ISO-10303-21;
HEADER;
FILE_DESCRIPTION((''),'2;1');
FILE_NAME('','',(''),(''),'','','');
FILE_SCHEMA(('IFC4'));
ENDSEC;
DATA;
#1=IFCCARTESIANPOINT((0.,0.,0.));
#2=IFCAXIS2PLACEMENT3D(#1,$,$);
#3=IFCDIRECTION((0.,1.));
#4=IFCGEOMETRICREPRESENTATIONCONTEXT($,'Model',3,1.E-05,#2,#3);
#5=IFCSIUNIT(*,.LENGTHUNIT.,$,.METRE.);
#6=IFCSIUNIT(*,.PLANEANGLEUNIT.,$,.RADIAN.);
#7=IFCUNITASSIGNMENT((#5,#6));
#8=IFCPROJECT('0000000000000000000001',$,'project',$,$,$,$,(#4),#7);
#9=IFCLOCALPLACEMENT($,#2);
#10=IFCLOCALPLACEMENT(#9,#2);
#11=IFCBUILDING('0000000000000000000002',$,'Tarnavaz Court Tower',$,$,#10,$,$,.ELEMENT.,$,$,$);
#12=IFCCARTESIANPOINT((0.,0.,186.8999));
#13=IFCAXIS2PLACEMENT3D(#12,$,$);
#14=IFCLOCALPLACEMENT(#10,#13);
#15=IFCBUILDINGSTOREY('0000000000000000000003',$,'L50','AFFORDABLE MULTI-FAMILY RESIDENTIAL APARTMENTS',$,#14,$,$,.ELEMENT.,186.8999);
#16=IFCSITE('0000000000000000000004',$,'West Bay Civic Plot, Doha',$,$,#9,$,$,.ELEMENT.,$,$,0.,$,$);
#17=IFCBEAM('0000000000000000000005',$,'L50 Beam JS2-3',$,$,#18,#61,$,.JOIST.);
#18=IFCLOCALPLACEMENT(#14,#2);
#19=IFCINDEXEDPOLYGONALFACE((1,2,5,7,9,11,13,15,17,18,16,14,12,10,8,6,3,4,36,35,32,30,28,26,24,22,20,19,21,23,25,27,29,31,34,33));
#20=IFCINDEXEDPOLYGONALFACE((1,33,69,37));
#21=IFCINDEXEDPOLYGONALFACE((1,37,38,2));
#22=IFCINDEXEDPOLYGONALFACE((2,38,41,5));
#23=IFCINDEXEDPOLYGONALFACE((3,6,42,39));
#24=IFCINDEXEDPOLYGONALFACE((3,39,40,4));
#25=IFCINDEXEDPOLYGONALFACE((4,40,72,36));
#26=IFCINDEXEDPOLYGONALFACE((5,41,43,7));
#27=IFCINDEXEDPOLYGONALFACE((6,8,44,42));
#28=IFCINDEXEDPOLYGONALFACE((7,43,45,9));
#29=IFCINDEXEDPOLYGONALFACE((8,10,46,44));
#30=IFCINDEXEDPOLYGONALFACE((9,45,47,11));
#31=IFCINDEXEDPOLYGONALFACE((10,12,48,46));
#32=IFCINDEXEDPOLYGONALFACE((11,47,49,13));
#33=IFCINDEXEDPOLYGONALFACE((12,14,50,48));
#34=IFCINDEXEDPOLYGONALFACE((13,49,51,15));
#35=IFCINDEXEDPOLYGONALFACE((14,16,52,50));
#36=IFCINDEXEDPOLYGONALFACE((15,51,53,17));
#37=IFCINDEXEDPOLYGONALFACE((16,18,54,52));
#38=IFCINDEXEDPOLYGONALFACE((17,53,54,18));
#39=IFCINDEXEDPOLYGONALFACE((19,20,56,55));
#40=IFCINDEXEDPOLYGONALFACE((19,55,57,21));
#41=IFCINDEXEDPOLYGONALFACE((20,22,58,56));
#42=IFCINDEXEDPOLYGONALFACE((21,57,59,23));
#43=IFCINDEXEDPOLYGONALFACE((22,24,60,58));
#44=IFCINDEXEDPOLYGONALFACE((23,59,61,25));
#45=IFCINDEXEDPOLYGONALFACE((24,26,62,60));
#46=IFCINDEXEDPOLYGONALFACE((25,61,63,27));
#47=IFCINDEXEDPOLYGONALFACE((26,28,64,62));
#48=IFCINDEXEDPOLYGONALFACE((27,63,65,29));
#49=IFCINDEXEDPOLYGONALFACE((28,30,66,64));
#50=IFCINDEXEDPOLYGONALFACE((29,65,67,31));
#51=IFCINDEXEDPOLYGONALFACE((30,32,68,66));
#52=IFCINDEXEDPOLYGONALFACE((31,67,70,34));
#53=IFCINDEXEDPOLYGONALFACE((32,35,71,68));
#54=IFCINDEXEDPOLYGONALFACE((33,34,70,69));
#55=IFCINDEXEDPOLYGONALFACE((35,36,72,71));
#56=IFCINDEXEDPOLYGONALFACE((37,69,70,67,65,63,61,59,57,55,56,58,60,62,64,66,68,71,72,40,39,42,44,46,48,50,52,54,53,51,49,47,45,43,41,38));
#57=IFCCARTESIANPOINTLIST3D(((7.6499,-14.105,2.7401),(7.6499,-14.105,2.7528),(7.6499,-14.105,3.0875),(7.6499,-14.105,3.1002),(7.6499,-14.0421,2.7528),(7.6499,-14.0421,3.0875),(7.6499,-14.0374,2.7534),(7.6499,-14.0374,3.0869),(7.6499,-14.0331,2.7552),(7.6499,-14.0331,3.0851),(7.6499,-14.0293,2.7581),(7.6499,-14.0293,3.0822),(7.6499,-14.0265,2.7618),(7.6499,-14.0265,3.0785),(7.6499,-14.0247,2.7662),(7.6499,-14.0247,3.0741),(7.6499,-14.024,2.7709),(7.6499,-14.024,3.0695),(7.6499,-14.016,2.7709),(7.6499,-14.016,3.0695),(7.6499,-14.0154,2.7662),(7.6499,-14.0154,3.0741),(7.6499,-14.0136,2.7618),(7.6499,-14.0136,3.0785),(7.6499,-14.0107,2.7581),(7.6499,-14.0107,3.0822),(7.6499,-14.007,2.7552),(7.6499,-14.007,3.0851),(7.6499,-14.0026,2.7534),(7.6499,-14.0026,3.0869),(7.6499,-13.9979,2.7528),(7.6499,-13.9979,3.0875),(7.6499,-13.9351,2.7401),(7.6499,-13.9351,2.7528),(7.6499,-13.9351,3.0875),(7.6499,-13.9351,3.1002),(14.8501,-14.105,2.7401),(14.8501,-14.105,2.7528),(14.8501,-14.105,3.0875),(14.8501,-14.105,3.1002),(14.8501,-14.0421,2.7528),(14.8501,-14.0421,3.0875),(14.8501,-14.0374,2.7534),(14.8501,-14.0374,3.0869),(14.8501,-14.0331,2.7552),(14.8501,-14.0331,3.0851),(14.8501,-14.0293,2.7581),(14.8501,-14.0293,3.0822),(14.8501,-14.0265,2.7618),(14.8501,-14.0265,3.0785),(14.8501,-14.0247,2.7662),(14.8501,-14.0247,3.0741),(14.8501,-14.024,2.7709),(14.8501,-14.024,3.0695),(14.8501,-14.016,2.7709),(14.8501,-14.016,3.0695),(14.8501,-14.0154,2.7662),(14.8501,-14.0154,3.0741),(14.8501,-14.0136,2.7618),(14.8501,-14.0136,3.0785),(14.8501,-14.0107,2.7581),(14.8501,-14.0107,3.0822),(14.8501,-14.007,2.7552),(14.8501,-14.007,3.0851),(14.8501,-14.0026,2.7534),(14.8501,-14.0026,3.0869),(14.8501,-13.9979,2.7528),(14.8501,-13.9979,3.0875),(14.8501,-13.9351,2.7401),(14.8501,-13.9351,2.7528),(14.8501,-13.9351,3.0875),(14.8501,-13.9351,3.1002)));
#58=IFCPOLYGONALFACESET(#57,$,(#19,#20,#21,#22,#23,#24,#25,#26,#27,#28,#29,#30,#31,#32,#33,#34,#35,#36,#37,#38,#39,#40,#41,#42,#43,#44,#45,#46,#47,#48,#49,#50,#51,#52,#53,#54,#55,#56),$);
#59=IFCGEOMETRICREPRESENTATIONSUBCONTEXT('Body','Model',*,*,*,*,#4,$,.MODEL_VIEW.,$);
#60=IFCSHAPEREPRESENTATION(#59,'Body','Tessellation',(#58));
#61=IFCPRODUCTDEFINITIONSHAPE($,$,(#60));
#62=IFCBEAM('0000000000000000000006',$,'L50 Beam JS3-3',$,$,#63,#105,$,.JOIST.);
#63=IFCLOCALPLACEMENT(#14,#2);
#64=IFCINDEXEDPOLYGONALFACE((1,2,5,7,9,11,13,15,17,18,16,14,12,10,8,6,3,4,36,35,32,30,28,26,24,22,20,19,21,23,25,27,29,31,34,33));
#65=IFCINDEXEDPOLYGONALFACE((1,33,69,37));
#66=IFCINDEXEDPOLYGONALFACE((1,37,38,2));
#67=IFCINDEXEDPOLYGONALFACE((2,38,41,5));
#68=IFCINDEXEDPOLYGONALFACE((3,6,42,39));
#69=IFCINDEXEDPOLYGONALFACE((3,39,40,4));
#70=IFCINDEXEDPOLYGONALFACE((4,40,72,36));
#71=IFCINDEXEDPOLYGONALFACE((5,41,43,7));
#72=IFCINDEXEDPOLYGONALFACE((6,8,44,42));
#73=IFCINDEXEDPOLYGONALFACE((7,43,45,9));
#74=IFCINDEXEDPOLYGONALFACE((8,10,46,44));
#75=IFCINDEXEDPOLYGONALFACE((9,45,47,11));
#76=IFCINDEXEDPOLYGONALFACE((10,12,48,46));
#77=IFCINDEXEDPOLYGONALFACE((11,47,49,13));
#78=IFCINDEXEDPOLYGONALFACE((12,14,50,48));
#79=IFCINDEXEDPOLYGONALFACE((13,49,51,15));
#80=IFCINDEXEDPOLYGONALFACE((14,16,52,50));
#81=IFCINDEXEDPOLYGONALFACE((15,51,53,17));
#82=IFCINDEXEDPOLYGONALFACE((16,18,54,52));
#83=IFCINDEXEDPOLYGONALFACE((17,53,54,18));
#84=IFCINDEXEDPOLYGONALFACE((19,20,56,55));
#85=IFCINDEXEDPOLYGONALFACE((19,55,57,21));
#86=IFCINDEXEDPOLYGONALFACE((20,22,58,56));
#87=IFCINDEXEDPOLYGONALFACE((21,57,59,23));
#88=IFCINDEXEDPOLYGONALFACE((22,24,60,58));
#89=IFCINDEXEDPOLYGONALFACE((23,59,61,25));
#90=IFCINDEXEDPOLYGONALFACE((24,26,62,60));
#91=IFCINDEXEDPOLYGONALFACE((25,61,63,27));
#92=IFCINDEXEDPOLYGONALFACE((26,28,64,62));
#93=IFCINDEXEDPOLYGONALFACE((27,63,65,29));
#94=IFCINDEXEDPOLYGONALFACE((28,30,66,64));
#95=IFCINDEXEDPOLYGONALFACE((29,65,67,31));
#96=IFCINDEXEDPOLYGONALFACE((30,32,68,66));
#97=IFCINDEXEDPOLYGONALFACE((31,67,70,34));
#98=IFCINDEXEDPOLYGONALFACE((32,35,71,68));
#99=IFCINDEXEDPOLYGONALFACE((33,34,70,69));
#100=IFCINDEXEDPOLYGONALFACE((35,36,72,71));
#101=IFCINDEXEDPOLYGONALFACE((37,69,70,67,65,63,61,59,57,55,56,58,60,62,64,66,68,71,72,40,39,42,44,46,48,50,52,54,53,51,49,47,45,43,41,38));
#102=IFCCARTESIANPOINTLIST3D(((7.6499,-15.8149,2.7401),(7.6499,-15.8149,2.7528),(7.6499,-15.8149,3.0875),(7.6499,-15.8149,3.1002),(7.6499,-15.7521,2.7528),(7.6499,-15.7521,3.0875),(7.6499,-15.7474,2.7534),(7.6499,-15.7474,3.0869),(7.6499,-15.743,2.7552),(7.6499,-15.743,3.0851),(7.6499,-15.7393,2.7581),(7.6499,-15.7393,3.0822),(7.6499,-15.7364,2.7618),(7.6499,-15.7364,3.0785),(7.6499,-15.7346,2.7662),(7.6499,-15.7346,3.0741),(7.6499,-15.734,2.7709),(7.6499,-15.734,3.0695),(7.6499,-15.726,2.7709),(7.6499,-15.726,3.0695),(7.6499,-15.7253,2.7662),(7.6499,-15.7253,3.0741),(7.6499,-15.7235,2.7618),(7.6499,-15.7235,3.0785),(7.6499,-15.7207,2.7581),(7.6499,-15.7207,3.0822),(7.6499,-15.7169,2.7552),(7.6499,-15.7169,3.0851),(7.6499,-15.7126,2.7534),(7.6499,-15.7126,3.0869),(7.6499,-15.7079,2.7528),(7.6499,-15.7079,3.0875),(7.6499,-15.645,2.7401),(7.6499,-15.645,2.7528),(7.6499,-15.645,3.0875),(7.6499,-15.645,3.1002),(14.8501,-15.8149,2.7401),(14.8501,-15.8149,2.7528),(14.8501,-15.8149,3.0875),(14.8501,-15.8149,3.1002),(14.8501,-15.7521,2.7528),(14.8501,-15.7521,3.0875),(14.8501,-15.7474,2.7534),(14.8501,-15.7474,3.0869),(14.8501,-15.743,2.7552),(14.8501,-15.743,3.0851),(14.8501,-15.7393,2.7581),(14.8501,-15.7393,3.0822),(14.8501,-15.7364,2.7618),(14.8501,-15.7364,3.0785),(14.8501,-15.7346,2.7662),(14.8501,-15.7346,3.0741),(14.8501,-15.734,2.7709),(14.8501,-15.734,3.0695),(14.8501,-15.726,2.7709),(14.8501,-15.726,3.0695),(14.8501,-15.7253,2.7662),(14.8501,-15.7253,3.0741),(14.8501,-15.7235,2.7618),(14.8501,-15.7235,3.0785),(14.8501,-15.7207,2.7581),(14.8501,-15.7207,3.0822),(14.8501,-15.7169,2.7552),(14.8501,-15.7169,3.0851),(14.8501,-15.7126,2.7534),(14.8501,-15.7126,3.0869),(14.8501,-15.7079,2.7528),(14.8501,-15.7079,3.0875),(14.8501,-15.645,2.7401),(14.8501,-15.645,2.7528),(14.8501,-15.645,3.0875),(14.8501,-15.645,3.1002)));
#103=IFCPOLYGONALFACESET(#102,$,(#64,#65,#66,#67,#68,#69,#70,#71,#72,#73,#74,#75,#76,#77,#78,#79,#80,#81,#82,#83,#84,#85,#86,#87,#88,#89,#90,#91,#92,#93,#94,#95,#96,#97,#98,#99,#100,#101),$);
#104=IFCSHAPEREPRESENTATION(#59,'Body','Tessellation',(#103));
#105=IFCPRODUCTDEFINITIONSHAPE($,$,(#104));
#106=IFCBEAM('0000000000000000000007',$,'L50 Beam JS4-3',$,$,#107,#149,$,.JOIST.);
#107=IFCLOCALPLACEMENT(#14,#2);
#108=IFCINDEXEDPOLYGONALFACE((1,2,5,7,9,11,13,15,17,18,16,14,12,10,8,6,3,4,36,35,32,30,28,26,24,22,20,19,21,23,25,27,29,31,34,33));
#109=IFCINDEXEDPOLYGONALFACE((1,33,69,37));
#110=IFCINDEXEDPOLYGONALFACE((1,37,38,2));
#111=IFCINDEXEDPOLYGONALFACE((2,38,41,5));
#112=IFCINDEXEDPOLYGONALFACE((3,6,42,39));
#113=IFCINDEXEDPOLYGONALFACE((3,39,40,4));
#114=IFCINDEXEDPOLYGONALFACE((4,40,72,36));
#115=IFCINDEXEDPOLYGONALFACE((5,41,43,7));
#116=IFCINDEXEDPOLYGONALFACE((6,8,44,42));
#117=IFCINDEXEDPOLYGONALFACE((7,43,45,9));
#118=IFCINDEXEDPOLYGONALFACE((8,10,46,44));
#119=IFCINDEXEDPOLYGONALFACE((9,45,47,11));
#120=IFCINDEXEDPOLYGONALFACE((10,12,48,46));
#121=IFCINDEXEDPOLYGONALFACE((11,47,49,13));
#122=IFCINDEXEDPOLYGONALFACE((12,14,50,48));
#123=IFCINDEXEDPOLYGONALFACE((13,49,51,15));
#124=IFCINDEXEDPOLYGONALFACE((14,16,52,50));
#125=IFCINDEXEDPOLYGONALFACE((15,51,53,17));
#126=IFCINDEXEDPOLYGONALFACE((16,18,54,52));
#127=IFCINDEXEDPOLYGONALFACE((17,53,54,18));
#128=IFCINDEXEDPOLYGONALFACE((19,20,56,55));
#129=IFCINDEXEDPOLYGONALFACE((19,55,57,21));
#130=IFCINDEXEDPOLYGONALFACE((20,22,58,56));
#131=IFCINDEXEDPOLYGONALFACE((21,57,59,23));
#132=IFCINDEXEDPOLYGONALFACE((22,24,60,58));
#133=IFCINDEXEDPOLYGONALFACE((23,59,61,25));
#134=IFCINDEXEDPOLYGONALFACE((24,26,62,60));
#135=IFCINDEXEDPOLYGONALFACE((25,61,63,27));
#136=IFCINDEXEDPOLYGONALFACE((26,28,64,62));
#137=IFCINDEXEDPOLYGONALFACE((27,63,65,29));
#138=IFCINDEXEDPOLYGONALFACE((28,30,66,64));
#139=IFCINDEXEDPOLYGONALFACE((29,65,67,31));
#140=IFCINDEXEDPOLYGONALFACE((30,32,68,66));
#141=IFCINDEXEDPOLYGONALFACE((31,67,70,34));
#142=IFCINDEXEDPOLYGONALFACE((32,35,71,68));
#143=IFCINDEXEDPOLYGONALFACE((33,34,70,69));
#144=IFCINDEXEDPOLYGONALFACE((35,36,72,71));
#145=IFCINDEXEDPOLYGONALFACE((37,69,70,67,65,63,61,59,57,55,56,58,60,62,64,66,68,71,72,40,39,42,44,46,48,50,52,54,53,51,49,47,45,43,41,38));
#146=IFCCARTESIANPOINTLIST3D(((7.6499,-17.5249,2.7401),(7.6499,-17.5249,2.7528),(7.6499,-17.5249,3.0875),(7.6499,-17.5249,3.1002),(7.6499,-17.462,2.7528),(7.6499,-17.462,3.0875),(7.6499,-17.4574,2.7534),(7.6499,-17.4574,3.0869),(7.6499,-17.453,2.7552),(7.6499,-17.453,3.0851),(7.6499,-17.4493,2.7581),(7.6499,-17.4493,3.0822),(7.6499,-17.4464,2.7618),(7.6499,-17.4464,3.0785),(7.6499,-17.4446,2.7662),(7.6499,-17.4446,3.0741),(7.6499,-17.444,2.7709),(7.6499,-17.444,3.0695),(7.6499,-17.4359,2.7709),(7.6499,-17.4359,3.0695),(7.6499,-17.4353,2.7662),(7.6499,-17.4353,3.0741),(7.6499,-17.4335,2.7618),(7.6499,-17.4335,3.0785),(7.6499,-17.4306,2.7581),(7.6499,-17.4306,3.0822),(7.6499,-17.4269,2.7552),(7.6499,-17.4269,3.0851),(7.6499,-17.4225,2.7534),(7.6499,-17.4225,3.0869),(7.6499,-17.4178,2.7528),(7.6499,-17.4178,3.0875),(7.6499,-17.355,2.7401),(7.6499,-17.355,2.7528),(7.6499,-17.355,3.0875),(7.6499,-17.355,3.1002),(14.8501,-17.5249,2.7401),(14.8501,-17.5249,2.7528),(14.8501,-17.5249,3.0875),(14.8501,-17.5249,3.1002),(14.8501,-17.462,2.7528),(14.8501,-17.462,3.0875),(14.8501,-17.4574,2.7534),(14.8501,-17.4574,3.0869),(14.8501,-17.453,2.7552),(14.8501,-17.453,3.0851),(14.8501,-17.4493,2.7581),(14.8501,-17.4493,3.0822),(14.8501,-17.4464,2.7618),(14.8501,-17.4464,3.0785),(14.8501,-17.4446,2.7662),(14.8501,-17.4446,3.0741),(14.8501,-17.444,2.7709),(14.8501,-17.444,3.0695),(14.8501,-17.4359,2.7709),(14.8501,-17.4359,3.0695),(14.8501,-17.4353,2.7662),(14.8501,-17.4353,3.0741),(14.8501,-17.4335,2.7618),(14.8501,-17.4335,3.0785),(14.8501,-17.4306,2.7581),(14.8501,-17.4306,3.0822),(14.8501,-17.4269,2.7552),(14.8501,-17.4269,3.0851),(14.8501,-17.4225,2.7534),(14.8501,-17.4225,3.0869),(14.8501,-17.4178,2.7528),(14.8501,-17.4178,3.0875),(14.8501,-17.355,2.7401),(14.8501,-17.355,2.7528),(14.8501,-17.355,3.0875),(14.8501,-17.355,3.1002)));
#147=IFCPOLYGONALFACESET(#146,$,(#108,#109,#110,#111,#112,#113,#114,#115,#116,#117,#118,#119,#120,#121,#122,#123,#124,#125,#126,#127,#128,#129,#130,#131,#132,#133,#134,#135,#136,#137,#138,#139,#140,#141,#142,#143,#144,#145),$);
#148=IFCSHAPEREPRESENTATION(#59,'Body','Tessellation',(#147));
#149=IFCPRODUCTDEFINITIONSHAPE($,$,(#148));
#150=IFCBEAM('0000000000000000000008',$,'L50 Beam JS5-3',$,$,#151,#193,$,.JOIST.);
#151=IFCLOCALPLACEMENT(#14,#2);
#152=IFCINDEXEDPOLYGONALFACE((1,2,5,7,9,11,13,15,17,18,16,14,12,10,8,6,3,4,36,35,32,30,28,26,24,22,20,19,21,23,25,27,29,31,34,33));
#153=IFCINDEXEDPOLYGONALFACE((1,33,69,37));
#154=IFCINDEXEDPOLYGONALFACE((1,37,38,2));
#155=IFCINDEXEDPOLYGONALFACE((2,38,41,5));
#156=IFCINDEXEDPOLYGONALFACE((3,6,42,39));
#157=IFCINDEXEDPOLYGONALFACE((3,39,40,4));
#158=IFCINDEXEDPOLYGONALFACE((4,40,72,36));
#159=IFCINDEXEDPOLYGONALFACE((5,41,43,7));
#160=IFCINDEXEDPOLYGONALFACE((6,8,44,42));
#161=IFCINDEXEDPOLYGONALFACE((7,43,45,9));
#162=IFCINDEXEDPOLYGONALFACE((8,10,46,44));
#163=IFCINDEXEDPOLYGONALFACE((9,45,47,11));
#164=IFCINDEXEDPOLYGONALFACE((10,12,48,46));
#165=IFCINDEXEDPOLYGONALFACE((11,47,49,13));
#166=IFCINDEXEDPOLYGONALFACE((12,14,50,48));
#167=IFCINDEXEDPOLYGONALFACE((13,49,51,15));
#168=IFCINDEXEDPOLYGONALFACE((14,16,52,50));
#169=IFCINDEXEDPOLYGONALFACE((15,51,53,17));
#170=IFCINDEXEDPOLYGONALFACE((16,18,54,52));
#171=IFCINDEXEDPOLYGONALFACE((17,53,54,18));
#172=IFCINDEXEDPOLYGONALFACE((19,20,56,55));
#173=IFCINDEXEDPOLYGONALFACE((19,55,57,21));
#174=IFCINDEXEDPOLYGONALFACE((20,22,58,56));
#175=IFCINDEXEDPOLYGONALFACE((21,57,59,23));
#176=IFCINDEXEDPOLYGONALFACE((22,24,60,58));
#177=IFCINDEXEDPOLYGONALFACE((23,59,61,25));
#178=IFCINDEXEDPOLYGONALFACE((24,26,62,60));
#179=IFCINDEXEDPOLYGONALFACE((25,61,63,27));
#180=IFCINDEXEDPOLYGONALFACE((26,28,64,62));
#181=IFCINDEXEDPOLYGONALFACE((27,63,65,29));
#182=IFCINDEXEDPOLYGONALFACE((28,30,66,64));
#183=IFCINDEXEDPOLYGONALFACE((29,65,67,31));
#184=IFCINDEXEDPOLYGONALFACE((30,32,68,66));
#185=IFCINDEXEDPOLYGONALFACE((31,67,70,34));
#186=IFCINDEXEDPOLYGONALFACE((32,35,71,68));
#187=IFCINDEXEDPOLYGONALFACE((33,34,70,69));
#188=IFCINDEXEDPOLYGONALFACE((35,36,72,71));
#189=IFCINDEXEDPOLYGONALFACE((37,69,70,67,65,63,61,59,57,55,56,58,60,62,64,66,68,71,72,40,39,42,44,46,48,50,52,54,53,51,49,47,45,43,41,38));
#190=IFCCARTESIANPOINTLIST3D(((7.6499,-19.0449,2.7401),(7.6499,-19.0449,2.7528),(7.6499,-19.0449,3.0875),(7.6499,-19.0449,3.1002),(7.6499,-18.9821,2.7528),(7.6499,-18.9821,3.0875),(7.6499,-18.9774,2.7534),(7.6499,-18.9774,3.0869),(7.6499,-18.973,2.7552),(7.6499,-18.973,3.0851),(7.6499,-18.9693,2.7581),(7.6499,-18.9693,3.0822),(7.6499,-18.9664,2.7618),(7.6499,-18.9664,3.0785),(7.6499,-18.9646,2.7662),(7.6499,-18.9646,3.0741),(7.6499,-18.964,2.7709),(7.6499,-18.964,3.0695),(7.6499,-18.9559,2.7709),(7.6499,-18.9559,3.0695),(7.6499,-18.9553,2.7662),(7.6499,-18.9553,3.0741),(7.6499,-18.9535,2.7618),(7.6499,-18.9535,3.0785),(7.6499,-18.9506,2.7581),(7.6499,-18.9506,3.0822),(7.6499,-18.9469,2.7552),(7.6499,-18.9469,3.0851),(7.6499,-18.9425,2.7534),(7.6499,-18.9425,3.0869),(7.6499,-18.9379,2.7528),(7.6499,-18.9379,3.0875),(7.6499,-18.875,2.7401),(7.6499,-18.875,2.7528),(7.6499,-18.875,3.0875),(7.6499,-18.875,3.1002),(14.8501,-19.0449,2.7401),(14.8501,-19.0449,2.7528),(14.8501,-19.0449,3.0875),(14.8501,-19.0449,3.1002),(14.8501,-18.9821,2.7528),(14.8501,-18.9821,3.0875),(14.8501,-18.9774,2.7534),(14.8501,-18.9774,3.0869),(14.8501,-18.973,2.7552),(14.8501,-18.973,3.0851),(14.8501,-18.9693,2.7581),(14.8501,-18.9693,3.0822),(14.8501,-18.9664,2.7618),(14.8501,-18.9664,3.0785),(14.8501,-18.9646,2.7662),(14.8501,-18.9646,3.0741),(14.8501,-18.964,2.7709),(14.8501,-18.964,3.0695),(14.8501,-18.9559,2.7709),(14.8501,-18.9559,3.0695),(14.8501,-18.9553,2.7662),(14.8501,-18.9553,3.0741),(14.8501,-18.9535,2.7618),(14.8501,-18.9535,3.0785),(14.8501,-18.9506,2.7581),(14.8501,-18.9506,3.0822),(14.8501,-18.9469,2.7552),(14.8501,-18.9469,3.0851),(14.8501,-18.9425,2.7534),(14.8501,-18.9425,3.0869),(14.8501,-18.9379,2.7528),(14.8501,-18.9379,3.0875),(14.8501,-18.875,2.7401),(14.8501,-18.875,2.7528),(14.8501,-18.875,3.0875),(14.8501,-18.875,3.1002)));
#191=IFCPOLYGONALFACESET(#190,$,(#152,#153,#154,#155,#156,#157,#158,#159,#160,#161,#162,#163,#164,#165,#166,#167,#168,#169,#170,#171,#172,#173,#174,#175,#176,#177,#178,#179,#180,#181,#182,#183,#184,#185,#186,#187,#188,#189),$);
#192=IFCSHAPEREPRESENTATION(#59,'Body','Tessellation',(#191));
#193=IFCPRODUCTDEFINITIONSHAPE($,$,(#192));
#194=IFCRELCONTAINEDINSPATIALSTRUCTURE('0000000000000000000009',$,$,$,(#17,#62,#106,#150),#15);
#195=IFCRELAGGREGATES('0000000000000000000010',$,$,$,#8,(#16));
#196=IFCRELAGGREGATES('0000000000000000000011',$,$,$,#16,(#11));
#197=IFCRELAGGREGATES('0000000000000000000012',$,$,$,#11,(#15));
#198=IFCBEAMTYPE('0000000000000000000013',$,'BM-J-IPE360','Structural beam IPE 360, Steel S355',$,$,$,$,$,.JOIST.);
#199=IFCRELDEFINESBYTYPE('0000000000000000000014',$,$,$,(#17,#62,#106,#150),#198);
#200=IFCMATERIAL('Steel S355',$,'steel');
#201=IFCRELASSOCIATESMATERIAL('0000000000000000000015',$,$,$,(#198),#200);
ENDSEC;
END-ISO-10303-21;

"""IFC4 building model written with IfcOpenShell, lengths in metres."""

from ifc_helpers import new_model, si_unit, direction, frame, origin, origin_2d, place, context, subcontext, project, spatial, i_section, extrude, material, material_profile, profile_set, type_object, element, save


model = new_model("IFC4")

# Units and contexts
model_context = context("Model", 3, precision=1e-05, world=origin(), true_north=direction((0.0, 1.0)))
body_context = subcontext(model_context, "Body", "Model", "MODEL_VIEW")
ifc_project = project(units=[si_unit("LENGTHUNIT", "METRE"), si_unit("PLANEANGLEUNIT", "RADIAN")], contexts=[model_context])

# Site, building, storey
site_placement = place(None, origin())
site = spatial("IfcSite", under=ifc_project, at=site_placement, Name="West Bay Civic Plot, Doha", CompositionType="ELEMENT", RefElevation=0.0)
building_placement = place(site_placement, origin())
building = spatial("IfcBuilding", under=site, at=building_placement, Name="Tarnavaz Court Tower", CompositionType="ELEMENT")
storey_placement = place(building_placement, frame((0.0, 0.0, 186.8999)))
storey = spatial("IfcBuildingStorey", under=building, at=storey_placement, Name="L50", Description="AFFORDABLE MULTI-FAMILY RESIDENTIAL APARTMENTS", CompositionType="ELEMENT", Elevation=186.8999)

# Beams
ifc_material_1 = material(Name="Steel S355", Category="steel")
ifc_material_profile_1 = material_profile(ifc_material_1, i_section(OverallWidth=0.1699, OverallDepth=0.3601, WebThickness=0.0081, FlangeThickness=0.0127, FilletRadius=0.0181, at=origin_2d()), Name="IPE 360")
ifc_profile_set_1 = profile_set([ifc_material_profile_1], Name="Steel S355")
beam_type_1 = type_object("IfcBeamType", Name="BM-J-IPE360", Description="Structural beam IPE 360, Steel S355", PredefinedType="JOIST", material=ifc_profile_set_1)
for number, where, z_axis, x_axis, name in (
    (1, (7.6499, -14.02, 2.9202), (1.0, 0.0, 0.0), (0.0, 1.0, 0.0), "L50 Beam JS2-3"),
    (2, (7.6499, -15.73, 2.9202), (1.0, 0.0, 0.0), (0.0, 1.0, 0.0), "L50 Beam JS3-3"),
    (3, (7.6499, -17.4399, 2.9202), (1.0, 0.0, 0.0), (0.0, 1.0, 0.0), "L50 Beam JS4-3"),
    (4, (7.6499, -18.96, 2.9202), (1.0, 0.0, 0.0), (0.0, 1.0, 0.0), "L50 Beam JS5-3"),
):
    element("IfcBeam", number, at=place(storey_placement, frame(where, z_axis=z_axis, x_axis=x_axis)), inside=storey, type_object=beam_type_1, Name=name, PredefinedType="JOIST", context=body_context, shape_type="SweptSolid", body=[
        extrude(i_section(OverallWidth=0.1699, OverallDepth=0.3601, WebThickness=0.0081, FlangeThickness=0.0127, FilletRadius=0.0181, at=origin_2d()), origin(), (0.0, 0.0, 1.0), 7.2002),
    ])

save(model, "model.ifc")
